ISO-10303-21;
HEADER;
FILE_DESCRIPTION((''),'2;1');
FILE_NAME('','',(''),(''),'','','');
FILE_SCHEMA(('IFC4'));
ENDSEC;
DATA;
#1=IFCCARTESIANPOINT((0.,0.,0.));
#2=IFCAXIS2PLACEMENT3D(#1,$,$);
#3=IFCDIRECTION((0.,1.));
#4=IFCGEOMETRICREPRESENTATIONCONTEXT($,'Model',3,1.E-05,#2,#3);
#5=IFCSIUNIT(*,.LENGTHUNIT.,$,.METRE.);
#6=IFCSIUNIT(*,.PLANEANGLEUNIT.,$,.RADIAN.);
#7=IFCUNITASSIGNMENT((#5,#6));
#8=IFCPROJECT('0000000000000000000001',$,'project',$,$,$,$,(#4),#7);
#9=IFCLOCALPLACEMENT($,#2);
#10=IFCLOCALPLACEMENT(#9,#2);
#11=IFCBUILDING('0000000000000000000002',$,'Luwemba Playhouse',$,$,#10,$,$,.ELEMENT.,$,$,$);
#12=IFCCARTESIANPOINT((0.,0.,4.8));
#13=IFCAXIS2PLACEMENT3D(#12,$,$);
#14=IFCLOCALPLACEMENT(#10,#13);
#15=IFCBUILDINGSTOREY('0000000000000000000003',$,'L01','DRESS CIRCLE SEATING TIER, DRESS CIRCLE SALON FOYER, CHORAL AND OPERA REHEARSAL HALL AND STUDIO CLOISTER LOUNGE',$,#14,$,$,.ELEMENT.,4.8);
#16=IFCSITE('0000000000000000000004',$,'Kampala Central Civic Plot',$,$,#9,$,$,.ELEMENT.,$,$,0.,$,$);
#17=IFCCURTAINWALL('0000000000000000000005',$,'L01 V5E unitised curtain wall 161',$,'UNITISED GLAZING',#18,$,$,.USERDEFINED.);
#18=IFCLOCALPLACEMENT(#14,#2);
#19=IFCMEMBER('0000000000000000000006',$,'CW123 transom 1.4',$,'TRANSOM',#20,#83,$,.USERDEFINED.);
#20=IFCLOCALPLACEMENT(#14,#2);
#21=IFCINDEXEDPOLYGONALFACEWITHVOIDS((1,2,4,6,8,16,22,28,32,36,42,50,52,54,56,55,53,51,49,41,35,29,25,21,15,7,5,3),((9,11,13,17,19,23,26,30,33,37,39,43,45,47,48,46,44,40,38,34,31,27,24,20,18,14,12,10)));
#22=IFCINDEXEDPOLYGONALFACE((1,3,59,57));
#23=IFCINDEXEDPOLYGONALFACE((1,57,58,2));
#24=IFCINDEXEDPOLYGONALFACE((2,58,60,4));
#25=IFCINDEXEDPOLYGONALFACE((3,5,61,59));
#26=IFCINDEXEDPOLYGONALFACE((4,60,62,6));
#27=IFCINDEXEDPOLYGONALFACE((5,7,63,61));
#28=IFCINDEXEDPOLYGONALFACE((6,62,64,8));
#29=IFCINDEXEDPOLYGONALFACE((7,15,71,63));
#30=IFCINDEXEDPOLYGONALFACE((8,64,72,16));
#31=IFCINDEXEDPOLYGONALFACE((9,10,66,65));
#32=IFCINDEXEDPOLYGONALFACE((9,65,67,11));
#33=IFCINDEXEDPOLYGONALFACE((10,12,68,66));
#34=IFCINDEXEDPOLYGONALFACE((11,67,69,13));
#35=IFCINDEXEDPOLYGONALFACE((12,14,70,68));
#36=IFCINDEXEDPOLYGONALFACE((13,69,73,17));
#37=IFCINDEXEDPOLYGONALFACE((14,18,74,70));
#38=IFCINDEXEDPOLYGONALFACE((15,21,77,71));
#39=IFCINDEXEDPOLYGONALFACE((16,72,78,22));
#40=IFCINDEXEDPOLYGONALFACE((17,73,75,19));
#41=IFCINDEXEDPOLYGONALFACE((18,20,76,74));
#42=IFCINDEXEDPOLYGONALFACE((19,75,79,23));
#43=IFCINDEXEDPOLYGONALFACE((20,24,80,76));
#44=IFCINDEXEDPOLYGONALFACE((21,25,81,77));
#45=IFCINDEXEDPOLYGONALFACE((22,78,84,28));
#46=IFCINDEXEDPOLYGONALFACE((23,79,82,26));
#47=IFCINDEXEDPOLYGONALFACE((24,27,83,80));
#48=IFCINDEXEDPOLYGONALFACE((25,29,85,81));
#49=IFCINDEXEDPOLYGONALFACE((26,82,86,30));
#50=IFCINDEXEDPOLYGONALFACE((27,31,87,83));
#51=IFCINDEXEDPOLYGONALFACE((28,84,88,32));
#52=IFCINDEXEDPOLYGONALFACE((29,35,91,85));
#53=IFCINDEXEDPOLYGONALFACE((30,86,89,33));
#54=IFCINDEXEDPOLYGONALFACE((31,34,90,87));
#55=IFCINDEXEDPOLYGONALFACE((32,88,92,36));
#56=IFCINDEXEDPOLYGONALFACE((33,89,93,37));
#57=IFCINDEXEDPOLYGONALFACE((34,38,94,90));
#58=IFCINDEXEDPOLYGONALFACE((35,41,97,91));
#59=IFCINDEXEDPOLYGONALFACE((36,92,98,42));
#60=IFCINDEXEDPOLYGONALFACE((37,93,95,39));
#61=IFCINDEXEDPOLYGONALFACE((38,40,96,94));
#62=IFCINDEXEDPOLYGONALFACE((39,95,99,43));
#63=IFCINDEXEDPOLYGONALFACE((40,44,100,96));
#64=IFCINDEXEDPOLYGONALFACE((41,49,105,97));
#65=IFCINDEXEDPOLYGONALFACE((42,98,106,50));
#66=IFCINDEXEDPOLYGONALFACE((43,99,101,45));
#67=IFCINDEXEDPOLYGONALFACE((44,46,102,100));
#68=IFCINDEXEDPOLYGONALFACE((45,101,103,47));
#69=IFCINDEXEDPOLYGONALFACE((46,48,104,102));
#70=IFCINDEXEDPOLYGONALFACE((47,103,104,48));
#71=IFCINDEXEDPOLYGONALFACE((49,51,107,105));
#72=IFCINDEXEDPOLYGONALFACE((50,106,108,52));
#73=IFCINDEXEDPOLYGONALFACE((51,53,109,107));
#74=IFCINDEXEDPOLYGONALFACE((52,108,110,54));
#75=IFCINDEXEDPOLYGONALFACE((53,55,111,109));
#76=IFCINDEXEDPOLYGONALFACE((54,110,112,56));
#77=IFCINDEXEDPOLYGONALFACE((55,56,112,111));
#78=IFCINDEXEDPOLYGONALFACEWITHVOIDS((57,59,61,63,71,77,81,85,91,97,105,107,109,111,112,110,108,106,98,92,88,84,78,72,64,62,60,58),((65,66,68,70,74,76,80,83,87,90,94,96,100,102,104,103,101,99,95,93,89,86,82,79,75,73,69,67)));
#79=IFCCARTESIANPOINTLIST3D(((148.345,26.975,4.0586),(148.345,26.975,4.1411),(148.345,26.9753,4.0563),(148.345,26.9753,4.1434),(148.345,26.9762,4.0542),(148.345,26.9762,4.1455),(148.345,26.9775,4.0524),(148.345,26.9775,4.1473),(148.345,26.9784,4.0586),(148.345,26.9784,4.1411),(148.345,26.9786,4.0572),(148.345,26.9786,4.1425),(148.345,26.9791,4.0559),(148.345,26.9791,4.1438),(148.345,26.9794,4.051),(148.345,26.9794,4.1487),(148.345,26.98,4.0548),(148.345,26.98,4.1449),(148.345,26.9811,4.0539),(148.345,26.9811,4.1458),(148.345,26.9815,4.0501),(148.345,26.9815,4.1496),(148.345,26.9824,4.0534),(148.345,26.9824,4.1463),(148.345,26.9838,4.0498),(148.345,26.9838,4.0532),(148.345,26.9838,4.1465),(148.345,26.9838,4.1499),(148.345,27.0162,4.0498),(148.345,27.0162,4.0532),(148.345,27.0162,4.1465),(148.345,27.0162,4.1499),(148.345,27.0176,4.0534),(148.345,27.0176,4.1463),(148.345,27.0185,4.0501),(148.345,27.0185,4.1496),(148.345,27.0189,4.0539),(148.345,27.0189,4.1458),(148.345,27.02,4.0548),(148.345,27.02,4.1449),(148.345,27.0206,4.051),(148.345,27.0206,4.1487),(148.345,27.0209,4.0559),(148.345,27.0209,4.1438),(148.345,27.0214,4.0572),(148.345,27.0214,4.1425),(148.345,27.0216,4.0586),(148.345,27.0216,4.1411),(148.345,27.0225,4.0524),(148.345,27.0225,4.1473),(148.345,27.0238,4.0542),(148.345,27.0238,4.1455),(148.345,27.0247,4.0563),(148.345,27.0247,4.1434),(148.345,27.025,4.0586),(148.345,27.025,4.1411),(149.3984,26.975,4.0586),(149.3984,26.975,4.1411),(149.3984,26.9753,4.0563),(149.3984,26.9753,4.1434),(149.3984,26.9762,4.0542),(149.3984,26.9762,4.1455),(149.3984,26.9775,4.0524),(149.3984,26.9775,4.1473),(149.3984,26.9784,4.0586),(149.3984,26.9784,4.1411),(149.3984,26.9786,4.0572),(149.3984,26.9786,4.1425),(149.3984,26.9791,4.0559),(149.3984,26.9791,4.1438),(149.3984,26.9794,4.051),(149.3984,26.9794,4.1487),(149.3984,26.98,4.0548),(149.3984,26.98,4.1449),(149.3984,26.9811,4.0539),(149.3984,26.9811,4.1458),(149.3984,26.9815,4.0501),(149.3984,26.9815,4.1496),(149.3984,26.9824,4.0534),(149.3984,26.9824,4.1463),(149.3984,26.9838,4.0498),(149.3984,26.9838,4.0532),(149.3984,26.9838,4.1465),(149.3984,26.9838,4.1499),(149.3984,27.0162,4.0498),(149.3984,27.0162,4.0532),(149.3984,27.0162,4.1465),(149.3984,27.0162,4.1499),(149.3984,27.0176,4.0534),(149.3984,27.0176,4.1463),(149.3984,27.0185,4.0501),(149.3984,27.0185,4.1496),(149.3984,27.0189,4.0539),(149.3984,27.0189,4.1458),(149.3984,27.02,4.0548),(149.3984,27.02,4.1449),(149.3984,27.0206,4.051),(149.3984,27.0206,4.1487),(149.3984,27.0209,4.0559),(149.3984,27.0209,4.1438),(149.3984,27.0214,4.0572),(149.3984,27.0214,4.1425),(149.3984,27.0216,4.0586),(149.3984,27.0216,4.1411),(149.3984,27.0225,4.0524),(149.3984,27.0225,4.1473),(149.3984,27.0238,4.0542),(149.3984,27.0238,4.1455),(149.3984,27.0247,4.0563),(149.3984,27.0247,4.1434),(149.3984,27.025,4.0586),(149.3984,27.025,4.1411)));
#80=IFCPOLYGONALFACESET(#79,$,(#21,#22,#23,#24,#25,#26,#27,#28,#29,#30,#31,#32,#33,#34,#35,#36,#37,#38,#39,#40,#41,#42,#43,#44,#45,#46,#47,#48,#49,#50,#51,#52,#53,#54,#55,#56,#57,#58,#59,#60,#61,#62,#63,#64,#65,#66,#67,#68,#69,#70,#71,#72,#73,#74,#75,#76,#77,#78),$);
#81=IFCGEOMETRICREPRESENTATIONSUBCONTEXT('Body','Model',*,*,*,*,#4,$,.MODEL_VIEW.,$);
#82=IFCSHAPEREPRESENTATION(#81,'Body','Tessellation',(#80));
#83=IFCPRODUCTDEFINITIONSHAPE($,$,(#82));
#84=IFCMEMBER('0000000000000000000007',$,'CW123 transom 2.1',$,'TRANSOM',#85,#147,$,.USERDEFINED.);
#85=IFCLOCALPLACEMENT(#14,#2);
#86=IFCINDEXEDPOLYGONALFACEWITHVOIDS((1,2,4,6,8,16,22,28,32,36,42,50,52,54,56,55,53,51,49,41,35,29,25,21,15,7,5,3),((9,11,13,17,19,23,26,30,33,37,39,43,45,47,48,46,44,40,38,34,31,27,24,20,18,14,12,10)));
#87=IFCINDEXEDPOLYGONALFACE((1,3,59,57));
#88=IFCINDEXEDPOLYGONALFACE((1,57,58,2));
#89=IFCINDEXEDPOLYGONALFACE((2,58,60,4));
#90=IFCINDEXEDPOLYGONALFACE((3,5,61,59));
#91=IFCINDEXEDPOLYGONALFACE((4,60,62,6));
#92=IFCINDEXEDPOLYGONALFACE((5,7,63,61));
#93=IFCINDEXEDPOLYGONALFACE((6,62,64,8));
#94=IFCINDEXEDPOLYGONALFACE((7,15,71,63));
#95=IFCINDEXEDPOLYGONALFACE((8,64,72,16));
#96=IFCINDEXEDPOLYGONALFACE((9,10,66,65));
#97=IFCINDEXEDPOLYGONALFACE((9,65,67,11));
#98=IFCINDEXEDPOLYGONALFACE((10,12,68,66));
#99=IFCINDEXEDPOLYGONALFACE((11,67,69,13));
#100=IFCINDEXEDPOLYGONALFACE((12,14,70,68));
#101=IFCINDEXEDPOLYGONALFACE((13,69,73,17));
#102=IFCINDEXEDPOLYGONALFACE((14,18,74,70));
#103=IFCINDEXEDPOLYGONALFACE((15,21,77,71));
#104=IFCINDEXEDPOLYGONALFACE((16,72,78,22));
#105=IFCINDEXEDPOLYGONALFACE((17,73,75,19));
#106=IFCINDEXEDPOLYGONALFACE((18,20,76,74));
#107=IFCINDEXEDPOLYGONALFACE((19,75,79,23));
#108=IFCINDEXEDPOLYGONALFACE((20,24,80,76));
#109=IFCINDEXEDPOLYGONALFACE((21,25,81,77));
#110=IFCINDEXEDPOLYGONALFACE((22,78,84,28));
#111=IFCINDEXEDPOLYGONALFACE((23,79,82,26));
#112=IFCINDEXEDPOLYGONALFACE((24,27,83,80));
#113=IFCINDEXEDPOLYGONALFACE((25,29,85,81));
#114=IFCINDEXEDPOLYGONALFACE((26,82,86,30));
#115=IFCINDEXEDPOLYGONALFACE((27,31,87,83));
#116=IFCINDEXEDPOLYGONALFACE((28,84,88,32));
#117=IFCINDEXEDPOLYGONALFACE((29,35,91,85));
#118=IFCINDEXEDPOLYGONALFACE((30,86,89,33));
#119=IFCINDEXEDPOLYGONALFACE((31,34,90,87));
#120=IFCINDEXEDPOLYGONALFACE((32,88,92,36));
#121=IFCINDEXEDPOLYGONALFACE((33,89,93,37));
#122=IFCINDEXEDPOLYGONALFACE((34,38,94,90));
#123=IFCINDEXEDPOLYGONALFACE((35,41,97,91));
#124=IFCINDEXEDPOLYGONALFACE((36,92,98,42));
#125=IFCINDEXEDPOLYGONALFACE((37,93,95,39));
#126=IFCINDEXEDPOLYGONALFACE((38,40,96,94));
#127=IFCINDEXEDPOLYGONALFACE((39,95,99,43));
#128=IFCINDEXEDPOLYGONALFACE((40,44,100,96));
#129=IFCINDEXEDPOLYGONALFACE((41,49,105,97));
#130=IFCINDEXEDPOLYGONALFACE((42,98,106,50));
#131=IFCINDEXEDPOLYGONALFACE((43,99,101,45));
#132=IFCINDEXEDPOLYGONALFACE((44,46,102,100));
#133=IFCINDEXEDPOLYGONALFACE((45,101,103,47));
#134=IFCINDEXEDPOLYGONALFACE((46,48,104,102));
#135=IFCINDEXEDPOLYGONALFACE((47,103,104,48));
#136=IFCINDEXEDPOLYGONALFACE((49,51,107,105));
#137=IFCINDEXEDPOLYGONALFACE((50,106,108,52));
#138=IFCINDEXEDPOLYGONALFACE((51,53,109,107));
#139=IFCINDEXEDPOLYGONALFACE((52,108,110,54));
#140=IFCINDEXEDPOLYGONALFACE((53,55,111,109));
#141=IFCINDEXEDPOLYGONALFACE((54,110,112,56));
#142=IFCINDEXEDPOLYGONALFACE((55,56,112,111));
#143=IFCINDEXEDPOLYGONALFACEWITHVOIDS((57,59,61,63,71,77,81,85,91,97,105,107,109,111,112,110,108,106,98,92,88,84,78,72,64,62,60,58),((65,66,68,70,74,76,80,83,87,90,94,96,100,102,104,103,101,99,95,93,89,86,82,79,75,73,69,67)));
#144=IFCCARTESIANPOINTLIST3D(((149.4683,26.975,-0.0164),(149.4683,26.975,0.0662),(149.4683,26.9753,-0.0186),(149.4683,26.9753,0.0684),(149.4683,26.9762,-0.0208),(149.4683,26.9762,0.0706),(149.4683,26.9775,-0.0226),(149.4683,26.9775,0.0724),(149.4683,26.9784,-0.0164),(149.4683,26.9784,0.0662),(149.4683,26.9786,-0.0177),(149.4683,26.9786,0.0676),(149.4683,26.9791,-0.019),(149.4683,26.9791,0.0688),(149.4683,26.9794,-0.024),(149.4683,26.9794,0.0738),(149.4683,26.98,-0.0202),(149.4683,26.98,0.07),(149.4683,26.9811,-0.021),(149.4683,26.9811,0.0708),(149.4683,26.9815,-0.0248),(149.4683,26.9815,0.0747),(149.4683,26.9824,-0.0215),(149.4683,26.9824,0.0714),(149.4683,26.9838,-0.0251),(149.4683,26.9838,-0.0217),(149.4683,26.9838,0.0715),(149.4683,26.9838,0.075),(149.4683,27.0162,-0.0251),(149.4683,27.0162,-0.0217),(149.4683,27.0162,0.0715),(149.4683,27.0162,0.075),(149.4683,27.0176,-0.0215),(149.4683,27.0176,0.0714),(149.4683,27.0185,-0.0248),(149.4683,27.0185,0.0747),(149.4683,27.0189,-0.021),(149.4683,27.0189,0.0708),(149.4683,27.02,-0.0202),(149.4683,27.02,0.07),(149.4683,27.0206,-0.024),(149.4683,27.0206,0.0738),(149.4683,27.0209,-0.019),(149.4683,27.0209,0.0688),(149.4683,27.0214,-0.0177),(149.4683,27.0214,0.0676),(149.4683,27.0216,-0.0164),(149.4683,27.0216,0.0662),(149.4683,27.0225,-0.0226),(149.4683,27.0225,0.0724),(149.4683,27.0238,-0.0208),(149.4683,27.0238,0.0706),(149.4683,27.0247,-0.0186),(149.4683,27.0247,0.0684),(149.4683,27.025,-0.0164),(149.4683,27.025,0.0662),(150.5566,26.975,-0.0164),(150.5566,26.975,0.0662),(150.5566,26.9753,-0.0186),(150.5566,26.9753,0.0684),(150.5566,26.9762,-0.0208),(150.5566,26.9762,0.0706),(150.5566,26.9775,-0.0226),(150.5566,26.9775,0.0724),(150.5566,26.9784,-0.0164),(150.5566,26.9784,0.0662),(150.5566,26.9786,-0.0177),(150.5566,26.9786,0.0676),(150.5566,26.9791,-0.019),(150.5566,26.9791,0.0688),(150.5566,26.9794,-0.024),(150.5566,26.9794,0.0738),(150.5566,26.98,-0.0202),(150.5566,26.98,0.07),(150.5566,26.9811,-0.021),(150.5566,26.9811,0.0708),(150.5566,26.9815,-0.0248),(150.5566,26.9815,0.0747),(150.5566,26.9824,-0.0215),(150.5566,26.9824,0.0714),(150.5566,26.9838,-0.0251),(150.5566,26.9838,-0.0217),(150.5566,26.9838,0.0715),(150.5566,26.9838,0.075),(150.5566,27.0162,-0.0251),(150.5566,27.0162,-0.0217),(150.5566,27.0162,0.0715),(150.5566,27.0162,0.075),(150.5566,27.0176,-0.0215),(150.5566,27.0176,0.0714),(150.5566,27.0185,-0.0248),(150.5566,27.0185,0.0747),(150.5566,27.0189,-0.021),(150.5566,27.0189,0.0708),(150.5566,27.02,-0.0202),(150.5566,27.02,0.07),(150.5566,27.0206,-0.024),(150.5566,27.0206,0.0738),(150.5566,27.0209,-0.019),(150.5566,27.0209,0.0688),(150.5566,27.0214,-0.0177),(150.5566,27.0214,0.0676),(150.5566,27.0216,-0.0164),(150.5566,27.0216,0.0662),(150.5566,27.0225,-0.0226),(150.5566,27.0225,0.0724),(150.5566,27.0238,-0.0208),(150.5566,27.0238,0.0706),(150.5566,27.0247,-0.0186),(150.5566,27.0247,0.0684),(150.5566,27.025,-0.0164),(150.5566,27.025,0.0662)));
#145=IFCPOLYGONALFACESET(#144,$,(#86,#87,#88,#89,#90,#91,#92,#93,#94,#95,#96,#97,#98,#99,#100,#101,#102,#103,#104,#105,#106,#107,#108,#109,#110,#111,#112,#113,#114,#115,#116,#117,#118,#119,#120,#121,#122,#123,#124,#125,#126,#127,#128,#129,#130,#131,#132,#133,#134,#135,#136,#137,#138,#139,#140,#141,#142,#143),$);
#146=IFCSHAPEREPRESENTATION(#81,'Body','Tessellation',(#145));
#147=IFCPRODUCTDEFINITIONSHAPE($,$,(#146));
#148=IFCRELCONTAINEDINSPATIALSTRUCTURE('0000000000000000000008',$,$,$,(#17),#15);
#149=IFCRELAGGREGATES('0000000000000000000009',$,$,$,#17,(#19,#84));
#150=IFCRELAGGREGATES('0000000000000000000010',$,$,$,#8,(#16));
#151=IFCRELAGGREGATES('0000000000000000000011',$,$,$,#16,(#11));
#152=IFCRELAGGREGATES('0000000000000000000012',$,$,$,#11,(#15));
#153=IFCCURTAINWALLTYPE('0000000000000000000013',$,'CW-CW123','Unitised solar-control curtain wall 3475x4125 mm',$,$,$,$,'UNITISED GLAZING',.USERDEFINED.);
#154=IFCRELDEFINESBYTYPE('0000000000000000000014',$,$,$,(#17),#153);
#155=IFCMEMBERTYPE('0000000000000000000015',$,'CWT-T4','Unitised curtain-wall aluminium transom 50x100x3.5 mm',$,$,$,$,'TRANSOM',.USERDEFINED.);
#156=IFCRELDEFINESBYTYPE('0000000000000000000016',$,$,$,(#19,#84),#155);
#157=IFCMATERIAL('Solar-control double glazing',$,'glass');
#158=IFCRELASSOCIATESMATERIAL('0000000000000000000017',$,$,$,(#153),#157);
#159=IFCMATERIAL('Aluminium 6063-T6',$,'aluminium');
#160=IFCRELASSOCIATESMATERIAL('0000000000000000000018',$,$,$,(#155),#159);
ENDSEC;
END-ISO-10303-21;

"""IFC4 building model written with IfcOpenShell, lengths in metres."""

from ifc_helpers import new_model, si_unit, direction, frame, origin, origin_2d, place, context, subcontext, project, spatial, hollow_rectangle, extrude, material, material_profile, profile_set, type_object, element, aggregate, save


model = new_model("IFC4")

# Units and contexts
model_context = context("Model", 3, precision=1e-05, world=origin(), true_north=direction((0.0, 1.0)))
body_context = subcontext(model_context, "Body", "Model", "MODEL_VIEW")
ifc_project = project(units=[si_unit("LENGTHUNIT", "METRE"), si_unit("PLANEANGLEUNIT", "RADIAN")], contexts=[model_context])

# Site, building, storey
site_placement = place(None, origin())
site = spatial("IfcSite", under=ifc_project, at=site_placement, Name="Kampala Central Civic Plot", CompositionType="ELEMENT", RefElevation=0.0)
building_placement = place(site_placement, origin())
building = spatial("IfcBuilding", under=site, at=building_placement, Name="Luwemba Playhouse", CompositionType="ELEMENT")
storey_placement = place(building_placement, frame((0.0, 0.0, 4.8)))
storey = spatial("IfcBuildingStorey", under=building, at=storey_placement, Name="L01", Description="DRESS CIRCLE SEATING TIER, DRESS CIRCLE SALON FOYER, CHORAL AND OPERA REHEARSAL HALL AND STUDIO CLOISTER LOUNGE", CompositionType="ELEMENT", Elevation=4.8)

# Curtain wall, members
ifc_material_1 = material(Name="Solar-control double glazing", Category="glass")
curtain_wall_type = type_object("IfcCurtainWallType", Name="CW-CW123", Description="Unitised solar-control curtain wall 3475x4125 mm", ElementType="UNITISED GLAZING", PredefinedType="USERDEFINED", material=ifc_material_1)
curtain_wall_placement = place(storey_placement, origin())
curtain_wall = element("IfcCurtainWall", 1, at=curtain_wall_placement, inside=storey, type_object=curtain_wall_type, Name="L01 V5E unitised curtain wall 161", ObjectType="UNITISED GLAZING", PredefinedType="USERDEFINED")
ifc_material_2 = material(Name="Aluminium 6063-T6", Category="aluminium")
ifc_material_profile_1 = material_profile(ifc_material_2, hollow_rectangle(XDim=0.05, YDim=0.1001, WallThickness=0.0034, InnerFilletRadius=0.0054, OuterFilletRadius=0.0088, at=origin_2d()))
ifc_profile_set_1 = profile_set([ifc_material_profile_1], Name="Aluminium 6063-T6")
member_type_1 = type_object("IfcMemberType", Name="CWT-T4", Description="Unitised curtain-wall aluminium transom 50x100x3.5 mm", ElementType="TRANSOM", PredefinedType="USERDEFINED", material=ifc_profile_set_1)
member_1_placement = place(storey_placement, frame((148.345, 27.0, 4.0999), z_axis=(1.0, 0.0, 0.0), x_axis=(0.0, 1.0, 0.0)))
member_1 = element("IfcMember", 2, at=member_1_placement, type_object=member_type_1, Name="CW123 transom 1.4", ObjectType="TRANSOM", PredefinedType="USERDEFINED", context=body_context, shape_type="SweptSolid", body=[
    extrude(hollow_rectangle(XDim=0.05, YDim=0.1001, WallThickness=0.0034, InnerFilletRadius=0.0054, OuterFilletRadius=0.0088, at=origin_2d()), origin(), (0.0, 0.0, 1.0), 1.0535),
])
member_2_placement = place(storey_placement, frame((149.4683, 27.0, 0.0249), z_axis=(1.0, 0.0, 0.0), x_axis=(0.0, 1.0, 0.0)))
member_2 = element("IfcMember", 3, at=member_2_placement, type_object=member_type_1, Name="CW123 transom 2.1", ObjectType="TRANSOM", PredefinedType="USERDEFINED", context=body_context, shape_type="SweptSolid", body=[
    extrude(hollow_rectangle(XDim=0.05, YDim=0.1001, WallThickness=0.0034, InnerFilletRadius=0.0054, OuterFilletRadius=0.0088, at=origin_2d()), origin(), (0.0, 0.0, 1.0), 1.0884),
])

aggregate(curtain_wall, [member_1, member_2])

save(model, "model.ifc")
